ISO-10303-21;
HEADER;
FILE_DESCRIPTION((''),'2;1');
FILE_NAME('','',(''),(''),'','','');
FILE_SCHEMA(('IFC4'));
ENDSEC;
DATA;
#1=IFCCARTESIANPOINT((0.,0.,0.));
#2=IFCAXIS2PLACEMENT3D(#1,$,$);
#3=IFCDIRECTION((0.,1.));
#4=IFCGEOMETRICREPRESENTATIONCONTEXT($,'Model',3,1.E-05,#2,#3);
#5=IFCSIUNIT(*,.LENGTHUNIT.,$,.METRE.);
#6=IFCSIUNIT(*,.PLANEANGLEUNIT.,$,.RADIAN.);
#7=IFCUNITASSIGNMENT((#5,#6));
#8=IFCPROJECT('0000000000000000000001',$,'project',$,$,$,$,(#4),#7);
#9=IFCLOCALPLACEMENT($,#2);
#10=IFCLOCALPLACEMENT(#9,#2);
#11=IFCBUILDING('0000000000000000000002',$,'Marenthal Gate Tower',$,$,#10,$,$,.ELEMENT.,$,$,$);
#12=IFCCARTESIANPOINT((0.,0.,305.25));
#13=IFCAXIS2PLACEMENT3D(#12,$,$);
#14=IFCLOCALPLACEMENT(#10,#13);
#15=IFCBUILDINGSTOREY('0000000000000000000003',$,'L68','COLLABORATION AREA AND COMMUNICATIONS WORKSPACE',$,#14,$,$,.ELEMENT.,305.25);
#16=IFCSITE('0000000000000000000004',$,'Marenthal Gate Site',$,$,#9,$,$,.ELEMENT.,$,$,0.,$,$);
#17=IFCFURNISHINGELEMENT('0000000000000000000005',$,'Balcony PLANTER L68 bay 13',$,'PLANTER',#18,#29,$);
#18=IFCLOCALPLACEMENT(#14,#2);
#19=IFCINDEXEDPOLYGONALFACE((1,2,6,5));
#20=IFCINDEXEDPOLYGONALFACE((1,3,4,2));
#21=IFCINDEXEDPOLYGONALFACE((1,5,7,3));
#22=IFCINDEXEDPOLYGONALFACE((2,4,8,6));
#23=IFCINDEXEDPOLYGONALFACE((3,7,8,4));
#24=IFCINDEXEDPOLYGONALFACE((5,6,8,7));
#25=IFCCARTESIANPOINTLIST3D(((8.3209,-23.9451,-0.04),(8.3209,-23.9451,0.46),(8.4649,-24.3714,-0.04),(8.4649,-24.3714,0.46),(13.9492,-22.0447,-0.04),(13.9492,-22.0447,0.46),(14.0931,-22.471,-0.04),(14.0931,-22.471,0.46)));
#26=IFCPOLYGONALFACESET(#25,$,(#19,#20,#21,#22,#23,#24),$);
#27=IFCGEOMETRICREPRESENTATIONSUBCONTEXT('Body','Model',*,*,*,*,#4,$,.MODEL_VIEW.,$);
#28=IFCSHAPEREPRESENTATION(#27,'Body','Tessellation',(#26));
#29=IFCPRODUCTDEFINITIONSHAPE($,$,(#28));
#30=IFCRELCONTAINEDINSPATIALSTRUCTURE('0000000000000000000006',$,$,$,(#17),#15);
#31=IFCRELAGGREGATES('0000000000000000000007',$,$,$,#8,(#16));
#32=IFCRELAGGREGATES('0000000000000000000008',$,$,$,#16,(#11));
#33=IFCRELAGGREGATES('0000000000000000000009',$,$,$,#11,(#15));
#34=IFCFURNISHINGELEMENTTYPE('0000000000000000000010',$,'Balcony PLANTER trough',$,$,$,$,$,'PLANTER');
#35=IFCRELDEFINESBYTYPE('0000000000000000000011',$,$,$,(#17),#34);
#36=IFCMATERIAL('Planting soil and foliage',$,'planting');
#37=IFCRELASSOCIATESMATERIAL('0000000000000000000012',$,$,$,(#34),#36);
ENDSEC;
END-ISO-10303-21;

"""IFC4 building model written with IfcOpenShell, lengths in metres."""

from ifc_helpers import new_model, si_unit, direction, frame, origin, origin_2d, place, context, subcontext, project, spatial, rectangle, extrude, material, type_object, element, save


model = new_model("IFC4")

# Units and contexts
model_context = context("Model", 3, precision=1e-05, world=origin(), true_north=direction((0.0, 1.0)))
body_context = subcontext(model_context, "Body", "Model", "MODEL_VIEW")
ifc_project = project(units=[si_unit("LENGTHUNIT", "METRE"), si_unit("PLANEANGLEUNIT", "RADIAN")], contexts=[model_context])

# Site, building, storey
site_placement = place(None, origin())
site = spatial("IfcSite", under=ifc_project, at=site_placement, Name="Marenthal Gate Site", CompositionType="ELEMENT", RefElevation=0.0)
building_placement = place(site_placement, origin())
building = spatial("IfcBuilding", under=site, at=building_placement, Name="Marenthal Gate Tower", CompositionType="ELEMENT")
storey_placement = place(building_placement, frame((0.0, 0.0, 305.25)))
storey = spatial("IfcBuildingStorey", under=building, at=storey_placement, Name="L68", Description="COLLABORATION AREA AND COMMUNICATIONS WORKSPACE", CompositionType="ELEMENT", Elevation=305.25)

# Furnishing element
ifc_material_1 = material(Name="Planting soil and foliage", Category="planting")
furnishing_element_type = type_object("IfcFurnishingElementType", Name="Balcony PLANTER trough", ElementType="PLANTER", material=ifc_material_1)
furnishing_placement = place(storey_placement, frame((11.207, -23.208, -0.04), z_axis=(0.0, 0.0, 1.0), x_axis=(0.947448, 0.31991, 0.0)))
element("IfcFurnishingElement", 1, at=furnishing_placement, inside=storey, type_object=furnishing_element_type, Name="Balcony PLANTER L68 bay 13", ObjectType="PLANTER", context=body_context, shape_type="SweptSolid", body=[
    extrude(rectangle(XDim=5.9404, YDim=0.45, at=origin_2d()), origin(), (0.0, 0.0, 1.0), 0.5),
])

save(model, "model.ifc")
